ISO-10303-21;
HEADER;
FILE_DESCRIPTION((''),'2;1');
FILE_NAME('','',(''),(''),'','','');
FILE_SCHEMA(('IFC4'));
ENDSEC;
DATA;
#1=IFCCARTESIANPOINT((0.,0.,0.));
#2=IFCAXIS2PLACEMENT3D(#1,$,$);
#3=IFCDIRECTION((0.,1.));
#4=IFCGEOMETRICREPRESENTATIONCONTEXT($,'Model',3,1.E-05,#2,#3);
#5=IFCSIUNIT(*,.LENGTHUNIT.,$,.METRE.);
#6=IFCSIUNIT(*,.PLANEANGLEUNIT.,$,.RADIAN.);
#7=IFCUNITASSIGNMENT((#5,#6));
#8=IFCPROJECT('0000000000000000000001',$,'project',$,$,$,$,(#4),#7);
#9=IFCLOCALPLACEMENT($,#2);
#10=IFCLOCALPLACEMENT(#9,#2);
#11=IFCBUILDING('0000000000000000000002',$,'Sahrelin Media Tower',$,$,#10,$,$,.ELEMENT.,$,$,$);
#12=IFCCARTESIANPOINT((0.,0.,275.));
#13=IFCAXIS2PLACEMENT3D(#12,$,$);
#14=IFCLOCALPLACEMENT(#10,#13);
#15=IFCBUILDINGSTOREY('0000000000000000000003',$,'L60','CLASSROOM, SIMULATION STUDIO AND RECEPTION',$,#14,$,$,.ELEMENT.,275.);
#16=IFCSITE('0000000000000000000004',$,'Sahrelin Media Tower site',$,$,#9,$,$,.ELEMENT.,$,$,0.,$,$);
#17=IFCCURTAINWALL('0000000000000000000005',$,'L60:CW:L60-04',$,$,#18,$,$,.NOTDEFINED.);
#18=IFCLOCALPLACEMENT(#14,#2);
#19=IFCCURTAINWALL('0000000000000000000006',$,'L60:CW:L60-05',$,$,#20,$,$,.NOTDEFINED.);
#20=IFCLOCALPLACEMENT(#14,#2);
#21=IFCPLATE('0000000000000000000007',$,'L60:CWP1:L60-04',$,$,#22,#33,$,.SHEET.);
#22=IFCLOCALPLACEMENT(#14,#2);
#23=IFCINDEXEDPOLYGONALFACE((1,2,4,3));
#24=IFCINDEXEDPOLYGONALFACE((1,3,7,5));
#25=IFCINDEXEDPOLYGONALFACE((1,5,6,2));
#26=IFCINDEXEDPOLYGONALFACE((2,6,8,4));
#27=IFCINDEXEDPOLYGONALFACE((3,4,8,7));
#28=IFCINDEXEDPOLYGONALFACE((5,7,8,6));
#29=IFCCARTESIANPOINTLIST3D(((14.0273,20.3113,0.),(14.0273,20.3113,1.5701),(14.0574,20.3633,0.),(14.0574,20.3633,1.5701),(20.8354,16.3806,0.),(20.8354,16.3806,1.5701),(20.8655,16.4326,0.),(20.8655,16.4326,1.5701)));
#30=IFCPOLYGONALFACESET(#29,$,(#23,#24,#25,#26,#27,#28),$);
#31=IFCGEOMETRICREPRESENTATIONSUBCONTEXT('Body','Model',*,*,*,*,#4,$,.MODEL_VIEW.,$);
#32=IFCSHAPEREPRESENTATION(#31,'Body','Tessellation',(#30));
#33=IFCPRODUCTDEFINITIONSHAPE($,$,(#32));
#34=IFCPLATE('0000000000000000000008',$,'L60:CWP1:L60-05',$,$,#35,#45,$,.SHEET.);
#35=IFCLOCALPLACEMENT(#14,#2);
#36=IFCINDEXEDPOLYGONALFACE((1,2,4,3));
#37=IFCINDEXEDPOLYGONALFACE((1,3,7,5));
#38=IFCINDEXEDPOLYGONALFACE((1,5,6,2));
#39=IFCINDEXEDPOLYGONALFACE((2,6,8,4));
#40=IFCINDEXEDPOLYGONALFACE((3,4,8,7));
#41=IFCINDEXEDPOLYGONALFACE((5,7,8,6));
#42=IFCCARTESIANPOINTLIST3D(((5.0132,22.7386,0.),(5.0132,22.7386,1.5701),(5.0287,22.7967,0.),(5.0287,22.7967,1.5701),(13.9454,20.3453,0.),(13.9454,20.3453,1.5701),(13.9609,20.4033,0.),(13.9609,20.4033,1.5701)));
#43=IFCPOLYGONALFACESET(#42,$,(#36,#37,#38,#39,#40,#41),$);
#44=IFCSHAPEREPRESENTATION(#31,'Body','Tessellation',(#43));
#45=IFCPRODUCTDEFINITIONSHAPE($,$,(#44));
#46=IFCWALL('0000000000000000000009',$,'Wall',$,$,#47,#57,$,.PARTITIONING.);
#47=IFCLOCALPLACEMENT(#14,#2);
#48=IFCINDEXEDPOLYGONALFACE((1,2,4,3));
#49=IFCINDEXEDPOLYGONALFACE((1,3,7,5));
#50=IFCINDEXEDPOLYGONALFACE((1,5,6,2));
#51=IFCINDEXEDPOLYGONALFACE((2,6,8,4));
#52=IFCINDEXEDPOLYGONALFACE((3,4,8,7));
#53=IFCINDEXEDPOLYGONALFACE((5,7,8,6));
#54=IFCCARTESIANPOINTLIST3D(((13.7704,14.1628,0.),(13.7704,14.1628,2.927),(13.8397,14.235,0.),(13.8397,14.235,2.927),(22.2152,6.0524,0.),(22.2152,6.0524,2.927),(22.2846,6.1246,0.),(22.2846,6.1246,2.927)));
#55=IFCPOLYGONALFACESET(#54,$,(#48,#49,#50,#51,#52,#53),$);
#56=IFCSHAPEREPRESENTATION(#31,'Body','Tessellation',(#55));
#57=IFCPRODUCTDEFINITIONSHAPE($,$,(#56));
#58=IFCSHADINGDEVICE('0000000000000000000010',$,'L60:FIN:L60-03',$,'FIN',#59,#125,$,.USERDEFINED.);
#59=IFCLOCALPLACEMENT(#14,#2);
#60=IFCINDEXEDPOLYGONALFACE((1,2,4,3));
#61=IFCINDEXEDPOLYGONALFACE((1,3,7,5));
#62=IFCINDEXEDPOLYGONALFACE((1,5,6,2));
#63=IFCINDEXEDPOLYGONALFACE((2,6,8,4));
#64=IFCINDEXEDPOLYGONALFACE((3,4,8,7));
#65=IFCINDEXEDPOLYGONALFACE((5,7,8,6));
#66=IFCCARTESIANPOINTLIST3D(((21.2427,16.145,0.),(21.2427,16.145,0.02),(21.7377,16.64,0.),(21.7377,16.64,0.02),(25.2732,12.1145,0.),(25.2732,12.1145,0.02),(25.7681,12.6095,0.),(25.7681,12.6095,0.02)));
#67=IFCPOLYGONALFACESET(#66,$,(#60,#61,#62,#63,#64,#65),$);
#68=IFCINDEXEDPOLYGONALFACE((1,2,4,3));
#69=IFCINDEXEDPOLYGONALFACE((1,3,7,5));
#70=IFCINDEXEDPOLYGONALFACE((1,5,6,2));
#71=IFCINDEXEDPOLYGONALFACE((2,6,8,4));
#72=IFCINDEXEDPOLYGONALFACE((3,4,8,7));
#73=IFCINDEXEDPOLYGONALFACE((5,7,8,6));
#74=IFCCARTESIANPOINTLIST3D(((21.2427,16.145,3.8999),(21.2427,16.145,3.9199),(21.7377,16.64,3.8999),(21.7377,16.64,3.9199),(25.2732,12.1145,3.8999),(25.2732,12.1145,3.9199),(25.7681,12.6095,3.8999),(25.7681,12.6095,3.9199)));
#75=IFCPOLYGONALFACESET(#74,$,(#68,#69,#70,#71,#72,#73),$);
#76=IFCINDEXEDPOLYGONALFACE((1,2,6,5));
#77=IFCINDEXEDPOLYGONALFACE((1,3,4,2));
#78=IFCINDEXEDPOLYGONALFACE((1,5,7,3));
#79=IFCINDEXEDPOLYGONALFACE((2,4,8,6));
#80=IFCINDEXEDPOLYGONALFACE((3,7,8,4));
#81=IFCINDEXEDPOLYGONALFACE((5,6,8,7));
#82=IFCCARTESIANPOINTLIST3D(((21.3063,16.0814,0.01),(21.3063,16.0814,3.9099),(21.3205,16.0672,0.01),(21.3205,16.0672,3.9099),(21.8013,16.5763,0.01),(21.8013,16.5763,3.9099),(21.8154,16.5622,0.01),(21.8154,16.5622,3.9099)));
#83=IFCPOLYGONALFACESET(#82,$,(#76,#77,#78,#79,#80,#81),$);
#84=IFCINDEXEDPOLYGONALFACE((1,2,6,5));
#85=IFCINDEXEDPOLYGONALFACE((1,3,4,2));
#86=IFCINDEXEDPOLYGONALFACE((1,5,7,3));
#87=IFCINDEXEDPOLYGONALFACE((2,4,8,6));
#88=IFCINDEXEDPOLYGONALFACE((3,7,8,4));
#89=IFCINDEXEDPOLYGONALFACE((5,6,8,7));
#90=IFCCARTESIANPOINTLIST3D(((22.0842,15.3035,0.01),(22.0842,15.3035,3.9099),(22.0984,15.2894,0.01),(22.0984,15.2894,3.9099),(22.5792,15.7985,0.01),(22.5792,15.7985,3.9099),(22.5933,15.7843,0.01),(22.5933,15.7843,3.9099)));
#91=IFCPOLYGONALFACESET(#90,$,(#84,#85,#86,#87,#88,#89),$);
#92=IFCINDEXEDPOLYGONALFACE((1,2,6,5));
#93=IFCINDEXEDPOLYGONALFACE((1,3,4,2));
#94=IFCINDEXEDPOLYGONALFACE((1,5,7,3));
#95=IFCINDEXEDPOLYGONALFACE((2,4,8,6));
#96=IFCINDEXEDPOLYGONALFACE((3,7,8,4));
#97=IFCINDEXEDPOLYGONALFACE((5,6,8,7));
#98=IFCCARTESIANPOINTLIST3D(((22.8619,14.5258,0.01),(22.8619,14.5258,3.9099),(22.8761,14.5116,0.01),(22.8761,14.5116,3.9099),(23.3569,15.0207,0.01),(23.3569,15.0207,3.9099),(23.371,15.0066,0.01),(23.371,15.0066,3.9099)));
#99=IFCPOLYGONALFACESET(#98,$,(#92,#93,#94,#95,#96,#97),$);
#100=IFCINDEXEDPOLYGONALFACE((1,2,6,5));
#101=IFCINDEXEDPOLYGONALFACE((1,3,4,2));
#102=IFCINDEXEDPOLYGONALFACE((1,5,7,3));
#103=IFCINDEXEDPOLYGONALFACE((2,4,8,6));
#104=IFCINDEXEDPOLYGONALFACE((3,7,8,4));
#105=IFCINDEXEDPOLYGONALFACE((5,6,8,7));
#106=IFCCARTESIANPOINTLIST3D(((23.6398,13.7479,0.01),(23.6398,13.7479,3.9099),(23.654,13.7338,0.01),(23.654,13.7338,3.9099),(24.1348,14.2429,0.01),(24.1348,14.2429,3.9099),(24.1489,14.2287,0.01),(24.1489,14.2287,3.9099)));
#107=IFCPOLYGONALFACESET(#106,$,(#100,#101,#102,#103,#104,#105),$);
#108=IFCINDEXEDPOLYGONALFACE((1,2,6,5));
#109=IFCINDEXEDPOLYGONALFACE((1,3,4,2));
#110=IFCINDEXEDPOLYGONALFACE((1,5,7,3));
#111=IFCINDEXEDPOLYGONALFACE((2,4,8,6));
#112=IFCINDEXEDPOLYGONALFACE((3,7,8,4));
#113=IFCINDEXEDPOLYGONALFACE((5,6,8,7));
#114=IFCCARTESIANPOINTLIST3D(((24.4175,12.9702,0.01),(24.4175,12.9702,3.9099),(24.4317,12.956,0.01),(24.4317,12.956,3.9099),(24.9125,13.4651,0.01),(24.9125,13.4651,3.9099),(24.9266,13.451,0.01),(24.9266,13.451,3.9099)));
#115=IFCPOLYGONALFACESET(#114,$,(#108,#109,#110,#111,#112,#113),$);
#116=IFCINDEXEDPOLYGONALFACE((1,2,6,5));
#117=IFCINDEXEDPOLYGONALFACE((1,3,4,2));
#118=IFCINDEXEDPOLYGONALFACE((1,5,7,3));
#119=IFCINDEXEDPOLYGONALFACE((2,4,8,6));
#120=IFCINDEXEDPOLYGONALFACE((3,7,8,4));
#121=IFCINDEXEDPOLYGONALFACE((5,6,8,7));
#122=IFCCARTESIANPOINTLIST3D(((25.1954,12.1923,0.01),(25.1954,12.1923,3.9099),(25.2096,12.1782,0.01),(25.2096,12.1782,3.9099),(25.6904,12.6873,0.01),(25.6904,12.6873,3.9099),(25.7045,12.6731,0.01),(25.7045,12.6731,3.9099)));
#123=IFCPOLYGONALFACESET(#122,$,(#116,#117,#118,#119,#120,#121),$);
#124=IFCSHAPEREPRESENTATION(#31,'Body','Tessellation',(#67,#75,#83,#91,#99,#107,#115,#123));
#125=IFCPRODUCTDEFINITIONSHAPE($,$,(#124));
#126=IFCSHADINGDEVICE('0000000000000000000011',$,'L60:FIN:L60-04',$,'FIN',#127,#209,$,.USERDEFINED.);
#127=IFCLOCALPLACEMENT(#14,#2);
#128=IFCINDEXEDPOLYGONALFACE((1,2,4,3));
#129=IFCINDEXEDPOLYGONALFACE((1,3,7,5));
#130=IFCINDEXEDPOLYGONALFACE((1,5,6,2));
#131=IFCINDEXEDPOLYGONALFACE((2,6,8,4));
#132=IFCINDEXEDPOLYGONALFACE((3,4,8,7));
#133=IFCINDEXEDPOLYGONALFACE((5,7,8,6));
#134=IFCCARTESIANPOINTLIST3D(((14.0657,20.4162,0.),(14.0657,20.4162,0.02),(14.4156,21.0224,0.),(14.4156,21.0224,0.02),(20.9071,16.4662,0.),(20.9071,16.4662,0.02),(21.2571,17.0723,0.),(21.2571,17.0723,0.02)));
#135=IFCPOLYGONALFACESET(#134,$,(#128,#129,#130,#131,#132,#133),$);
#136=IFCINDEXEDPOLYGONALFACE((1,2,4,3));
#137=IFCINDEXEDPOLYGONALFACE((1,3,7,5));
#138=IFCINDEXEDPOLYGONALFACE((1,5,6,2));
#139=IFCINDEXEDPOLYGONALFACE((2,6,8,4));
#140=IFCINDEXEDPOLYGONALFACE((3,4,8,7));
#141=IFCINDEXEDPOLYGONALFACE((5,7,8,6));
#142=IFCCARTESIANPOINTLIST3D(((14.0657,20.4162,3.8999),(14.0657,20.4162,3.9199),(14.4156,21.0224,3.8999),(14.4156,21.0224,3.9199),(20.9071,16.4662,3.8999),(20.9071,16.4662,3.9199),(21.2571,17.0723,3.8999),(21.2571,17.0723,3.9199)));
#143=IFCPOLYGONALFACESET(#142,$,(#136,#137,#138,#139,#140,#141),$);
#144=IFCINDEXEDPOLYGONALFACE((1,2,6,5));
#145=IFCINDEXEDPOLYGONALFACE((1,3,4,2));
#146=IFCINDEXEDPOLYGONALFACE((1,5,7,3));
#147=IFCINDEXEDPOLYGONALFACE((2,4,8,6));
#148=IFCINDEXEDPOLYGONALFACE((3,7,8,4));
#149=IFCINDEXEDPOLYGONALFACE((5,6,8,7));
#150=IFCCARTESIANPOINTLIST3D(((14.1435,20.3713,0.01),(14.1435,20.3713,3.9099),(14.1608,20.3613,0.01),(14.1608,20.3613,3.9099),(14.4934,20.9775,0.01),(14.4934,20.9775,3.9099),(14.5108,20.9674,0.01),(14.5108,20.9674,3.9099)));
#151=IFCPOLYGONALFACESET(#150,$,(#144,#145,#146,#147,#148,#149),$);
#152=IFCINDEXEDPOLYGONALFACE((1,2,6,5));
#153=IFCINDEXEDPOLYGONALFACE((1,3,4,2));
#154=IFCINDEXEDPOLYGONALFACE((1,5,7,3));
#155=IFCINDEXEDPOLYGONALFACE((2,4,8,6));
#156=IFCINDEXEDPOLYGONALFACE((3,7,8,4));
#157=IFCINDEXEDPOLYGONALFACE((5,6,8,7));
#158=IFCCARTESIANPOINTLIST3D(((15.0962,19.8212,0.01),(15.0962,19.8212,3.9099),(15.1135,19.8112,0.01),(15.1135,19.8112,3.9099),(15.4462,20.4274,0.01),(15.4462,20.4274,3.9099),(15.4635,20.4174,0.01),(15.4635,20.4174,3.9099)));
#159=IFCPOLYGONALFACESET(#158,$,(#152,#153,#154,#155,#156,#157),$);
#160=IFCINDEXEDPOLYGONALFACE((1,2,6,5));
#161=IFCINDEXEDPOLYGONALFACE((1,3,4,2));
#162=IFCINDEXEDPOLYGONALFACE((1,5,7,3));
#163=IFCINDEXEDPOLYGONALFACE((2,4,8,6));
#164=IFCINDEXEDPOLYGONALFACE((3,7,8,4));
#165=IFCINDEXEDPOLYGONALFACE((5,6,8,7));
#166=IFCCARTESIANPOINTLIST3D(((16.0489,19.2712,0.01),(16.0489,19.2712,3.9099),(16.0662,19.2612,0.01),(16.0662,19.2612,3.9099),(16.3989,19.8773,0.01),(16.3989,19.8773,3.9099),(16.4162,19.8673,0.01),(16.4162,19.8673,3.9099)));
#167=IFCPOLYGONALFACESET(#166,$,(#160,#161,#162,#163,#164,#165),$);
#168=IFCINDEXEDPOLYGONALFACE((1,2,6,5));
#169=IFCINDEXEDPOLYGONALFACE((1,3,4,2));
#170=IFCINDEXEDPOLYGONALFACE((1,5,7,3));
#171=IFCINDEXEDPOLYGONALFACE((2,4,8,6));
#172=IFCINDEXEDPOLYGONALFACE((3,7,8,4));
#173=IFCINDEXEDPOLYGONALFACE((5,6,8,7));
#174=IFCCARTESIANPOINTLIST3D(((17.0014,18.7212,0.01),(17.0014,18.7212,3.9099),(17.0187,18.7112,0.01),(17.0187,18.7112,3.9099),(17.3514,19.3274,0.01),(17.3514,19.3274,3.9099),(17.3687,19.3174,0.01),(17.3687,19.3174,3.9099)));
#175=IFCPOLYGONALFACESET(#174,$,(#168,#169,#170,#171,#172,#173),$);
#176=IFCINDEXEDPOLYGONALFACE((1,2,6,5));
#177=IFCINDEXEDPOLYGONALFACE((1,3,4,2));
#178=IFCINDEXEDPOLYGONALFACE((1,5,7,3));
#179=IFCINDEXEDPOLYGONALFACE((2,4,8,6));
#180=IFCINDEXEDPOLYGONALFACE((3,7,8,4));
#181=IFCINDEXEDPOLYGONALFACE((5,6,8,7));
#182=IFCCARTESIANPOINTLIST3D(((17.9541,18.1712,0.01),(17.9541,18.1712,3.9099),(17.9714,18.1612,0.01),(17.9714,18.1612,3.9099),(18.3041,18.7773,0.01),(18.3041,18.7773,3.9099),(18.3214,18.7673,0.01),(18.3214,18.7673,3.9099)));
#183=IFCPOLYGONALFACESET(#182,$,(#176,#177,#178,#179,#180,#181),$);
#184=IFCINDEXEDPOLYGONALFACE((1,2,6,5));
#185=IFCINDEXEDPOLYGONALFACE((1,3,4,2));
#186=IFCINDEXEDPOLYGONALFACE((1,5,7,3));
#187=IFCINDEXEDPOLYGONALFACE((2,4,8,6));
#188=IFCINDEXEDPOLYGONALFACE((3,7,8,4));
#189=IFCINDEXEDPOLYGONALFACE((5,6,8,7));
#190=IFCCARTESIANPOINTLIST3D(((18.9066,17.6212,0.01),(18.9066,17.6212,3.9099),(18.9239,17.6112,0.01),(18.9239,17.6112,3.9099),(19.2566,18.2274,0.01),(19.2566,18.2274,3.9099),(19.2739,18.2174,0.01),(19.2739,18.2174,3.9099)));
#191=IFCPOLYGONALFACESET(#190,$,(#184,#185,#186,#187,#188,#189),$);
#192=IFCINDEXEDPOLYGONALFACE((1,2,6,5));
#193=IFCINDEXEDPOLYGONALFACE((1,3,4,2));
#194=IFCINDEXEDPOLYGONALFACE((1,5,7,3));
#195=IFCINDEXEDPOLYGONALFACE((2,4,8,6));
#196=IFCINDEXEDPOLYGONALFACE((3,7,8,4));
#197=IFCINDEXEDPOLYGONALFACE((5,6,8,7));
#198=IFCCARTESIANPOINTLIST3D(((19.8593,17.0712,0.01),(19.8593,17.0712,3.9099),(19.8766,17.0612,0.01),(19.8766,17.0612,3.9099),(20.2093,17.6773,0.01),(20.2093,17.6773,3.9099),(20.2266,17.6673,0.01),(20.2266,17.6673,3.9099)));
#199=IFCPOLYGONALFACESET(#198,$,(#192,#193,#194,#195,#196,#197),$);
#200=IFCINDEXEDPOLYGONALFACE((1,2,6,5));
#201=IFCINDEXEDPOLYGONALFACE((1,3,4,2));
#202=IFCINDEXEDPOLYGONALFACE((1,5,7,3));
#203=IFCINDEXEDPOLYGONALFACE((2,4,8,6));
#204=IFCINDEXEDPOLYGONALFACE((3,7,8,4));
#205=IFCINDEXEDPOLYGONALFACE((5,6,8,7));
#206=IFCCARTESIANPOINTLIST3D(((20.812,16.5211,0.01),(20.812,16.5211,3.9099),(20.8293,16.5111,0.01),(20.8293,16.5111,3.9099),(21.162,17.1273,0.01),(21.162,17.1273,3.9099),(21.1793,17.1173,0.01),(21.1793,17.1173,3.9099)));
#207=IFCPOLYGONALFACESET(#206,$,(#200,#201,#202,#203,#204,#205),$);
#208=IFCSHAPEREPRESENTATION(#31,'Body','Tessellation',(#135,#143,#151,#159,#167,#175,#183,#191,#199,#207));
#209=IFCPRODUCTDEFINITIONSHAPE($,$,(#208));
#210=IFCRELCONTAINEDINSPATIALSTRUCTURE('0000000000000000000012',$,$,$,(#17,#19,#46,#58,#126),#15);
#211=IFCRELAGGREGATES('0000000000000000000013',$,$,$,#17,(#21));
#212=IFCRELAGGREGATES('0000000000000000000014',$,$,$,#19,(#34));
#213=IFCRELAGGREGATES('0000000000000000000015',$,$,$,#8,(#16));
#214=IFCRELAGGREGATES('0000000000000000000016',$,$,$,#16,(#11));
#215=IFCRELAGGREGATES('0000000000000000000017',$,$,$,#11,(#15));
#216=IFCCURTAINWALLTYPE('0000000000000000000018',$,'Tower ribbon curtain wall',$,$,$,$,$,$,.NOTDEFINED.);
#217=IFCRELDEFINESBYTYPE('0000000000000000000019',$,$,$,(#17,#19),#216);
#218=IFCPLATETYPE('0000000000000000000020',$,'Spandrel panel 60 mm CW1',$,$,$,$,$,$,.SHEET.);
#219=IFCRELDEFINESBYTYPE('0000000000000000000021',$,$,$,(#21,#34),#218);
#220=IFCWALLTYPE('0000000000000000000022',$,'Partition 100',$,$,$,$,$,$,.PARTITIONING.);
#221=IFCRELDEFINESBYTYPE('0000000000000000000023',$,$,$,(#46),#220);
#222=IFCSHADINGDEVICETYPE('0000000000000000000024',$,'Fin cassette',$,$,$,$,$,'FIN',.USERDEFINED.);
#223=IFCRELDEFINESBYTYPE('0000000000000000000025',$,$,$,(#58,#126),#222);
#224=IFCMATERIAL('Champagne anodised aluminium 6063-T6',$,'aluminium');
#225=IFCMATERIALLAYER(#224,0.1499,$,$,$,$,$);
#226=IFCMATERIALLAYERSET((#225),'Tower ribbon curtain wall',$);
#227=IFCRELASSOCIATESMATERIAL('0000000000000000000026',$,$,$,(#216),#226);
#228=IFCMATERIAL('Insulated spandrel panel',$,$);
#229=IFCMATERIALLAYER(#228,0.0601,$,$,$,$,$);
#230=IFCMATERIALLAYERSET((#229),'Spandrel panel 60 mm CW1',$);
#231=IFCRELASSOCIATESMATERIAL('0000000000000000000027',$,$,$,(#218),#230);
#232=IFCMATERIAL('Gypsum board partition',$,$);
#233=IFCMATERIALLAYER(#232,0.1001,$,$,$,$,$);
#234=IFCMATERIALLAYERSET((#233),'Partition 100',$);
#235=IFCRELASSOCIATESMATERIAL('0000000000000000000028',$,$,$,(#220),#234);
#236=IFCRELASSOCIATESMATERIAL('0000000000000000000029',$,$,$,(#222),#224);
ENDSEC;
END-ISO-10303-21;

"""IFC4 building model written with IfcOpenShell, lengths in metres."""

from ifc_helpers import new_model, si_unit, direction, frame, frame_2d, origin, origin_2d, place, context, subcontext, project, spatial, polyline, rectangle, outline, extrude, material, layer, layer_set, type_object, element, aggregate, save


model = new_model("IFC4")

# Units and contexts
model_context = context("Model", 3, precision=1e-05, world=origin(), true_north=direction((0.0, 1.0)))
body_context = subcontext(model_context, "Body", "Model", "MODEL_VIEW")
ifc_project = project(units=[si_unit("LENGTHUNIT", "METRE"), si_unit("PLANEANGLEUNIT", "RADIAN")], contexts=[model_context])

# Site, building, storey
site_placement = place(None, origin())
site = spatial("IfcSite", under=ifc_project, at=site_placement, Name="Sahrelin Media Tower site", CompositionType="ELEMENT", RefElevation=0.0)
building_placement = place(site_placement, origin())
building = spatial("IfcBuilding", under=site, at=building_placement, Name="Sahrelin Media Tower", CompositionType="ELEMENT")
storey_placement = place(building_placement, frame((0.0, 0.0, 275.0)))
storey = spatial("IfcBuildingStorey", under=building, at=storey_placement, Name="L60", Description="CLASSROOM, SIMULATION STUDIO AND RECEPTION", CompositionType="ELEMENT", Elevation=275.0)

# Curtain wall
ifc_material_1 = material(Name="Champagne anodised aluminium 6063-T6", Category="aluminium")
ifc_layer_1 = layer(ifc_material_1, 0.1499)
ifc_layer_set_1 = layer_set([ifc_layer_1], Name="Tower ribbon curtain wall")
curtain_wall_type = type_object("IfcCurtainWallType", Name="Tower ribbon curtain wall", PredefinedType="NOTDEFINED", material=ifc_layer_set_1)
curtain_wall_1_placement = place(storey_placement, frame((17.4514, 18.3806, 0.0), z_axis=(0.0, 0.0, 1.0), x_axis=(1.0, 0.0, 0.0)))
curtain_wall_1 = element("IfcCurtainWall", 1, at=curtain_wall_1_placement, inside=storey, type_object=curtain_wall_type, Name="L60:CW:L60-04", PredefinedType="NOTDEFINED")

# Curtain wall
curtain_wall_2_placement = place(storey_placement, frame((9.4895, 21.5806, 0.0), z_axis=(0.0, 0.0, 1.0), x_axis=(1.0, 0.0, 0.0)))
curtain_wall_2 = element("IfcCurtainWall", 2, at=curtain_wall_2_placement, inside=storey, type_object=curtain_wall_type, Name="L60:CW:L60-05", PredefinedType="NOTDEFINED")

# Plates
ifc_material_2 = material(Name="Insulated spandrel panel")
ifc_layer_2 = layer(ifc_material_2, 0.0601)
ifc_layer_set_2 = layer_set([ifc_layer_2], Name="Spandrel panel 60 mm CW1")
plate_type_1 = type_object("IfcPlateType", Name="Spandrel panel 60 mm CW1", PredefinedType="SHEET", material=ifc_layer_set_2)
plate_1_placement = place(storey_placement, frame((20.8655, 16.4326, 0.0), z_axis=(0.5, 0.866025, 0.0), x_axis=(-0.866025, 0.5, 0.0)))
plate_1 = element("IfcPlate", 3, at=plate_1_placement, type_object=plate_type_1, Name="L60:CWP1:L60-04", PredefinedType="SHEET", context=body_context, shape_type="SweptSolid", body=[
    extrude(outline(polyline([(0.0, 0.0), (7.8613, 0.0), (7.8613, 1.5701), (0.0, 1.5701), (0.0, 0.0)])), origin(), (0.0, 0.0, -1.0), 0.0601),
])
aggregate(curtain_wall_1, [plate_1])
plate_2_placement = place(storey_placement, frame((13.9609, 20.4033, 0.0), z_axis=(0.258814, 0.965927, 0.0), x_axis=(-0.965927, 0.258814, 0.0)))
plate_2 = element("IfcPlate", 4, at=plate_2_placement, type_object=plate_type_1, Name="L60:CWP1:L60-05", PredefinedType="SHEET", context=body_context, shape_type="SweptSolid", body=[
    extrude(outline(polyline([(0.0, 0.0), (9.2473, 0.0), (9.2473, 1.5701), (0.0, 1.5701), (0.0, 0.0)])), origin(), (0.0, 0.0, -1.0), 0.0601),
])
aggregate(curtain_wall_2, [plate_2])

# Wall
ifc_material_3 = material(Name="Gypsum board partition")
ifc_layer_3 = layer(ifc_material_3, 0.1001)
ifc_layer_set_3 = layer_set([ifc_layer_3], Name="Partition 100")
wall_type = type_object("IfcWallType", Name="Partition 100", PredefinedType="PARTITIONING", material=ifc_layer_set_3)
wall_placement = place(storey_placement, frame((13.8049, 14.199, 0.0), z_axis=(0.0, 0.0, 1.0), x_axis=(0.721246, -0.692679, 0.0)))
element("IfcWall", 5, at=wall_placement, inside=storey, type_object=wall_type, Name="Wall", PredefinedType="PARTITIONING", context=body_context, shape_type="SweptSolid", body=[
    extrude(rectangle(XDim=11.7087, YDim=0.1001, at=frame_2d((5.8545, 0.0))), origin(), (0.0, 0.0, 1.0), 2.927),
])

# Shading devices
shading_device_type_1 = type_object("IfcShadingDeviceType", Name="Fin cassette", ElementType="FIN", PredefinedType="USERDEFINED", material=ifc_material_1)
placement_1 = place(storey_placement, frame((23.2085, 14.0803, 0.0), z_axis=(0.0, 0.0, 1.0), x_axis=(0.707107, -0.707107, 0.0)))
element("IfcShadingDevice", 6, at=placement_1, inside=storey, type_object=shading_device_type_1, Name="L60:FIN:L60-03", ObjectType="FIN", PredefinedType="USERDEFINED", context=body_context, shape_type="SweptSolid", body=[
    extrude(rectangle(XDim=5.7, YDim=0.7, at=origin_2d()), frame((0.0, 0.4199, 0.0)), (0.0, 0.0, 1.0), 0.02),
    extrude(rectangle(XDim=5.7, YDim=0.7, at=origin_2d()), frame((0.0, 0.4199, 3.8999)), (0.0, 0.0, 1.0), 0.02),
    extrude(rectangle(XDim=0.02, YDim=0.7, at=origin_2d()), frame((-2.75, 0.4199, 0.01), z_axis=(0.0, 0.0, 1.0), x_axis=(1.0, 0.0, 0.0)), (0.0, 0.0, 1.0), 3.8999),
    extrude(rectangle(XDim=0.02, YDim=0.7, at=origin_2d()), frame((-1.6499, 0.4199, 0.01), z_axis=(0.0, 0.0, 1.0), x_axis=(1.0, 0.0, 0.0)), (0.0, 0.0, 1.0), 3.8999),
    extrude(rectangle(XDim=0.02, YDim=0.7, at=origin_2d()), frame((-0.55, 0.4199, 0.01), z_axis=(0.0, 0.0, 1.0), x_axis=(1.0, 0.0, 0.0)), (0.0, 0.0, 1.0), 3.8999),
    extrude(rectangle(XDim=0.02, YDim=0.7, at=origin_2d()), frame((0.55, 0.4199, 0.01), z_axis=(0.0, 0.0, 1.0), x_axis=(1.0, 0.0, 0.0)), (0.0, 0.0, 1.0), 3.8999),
    extrude(rectangle(XDim=0.02, YDim=0.7, at=origin_2d()), frame((1.6499, 0.4199, 0.01), z_axis=(0.0, 0.0, 1.0), x_axis=(1.0, 0.0, 0.0)), (0.0, 0.0, 1.0), 3.8999),
    extrude(rectangle(XDim=0.02, YDim=0.7, at=origin_2d()), frame((2.75, 0.4199, 0.01), z_axis=(0.0, 0.0, 1.0), x_axis=(1.0, 0.0, 0.0)), (0.0, 0.0, 1.0), 3.8999),
])
placement_2 = place(storey_placement, frame((17.4514, 18.3806, 0.0), z_axis=(0.0, 0.0, 1.0), x_axis=(0.866019, -0.500011, 0.0)))
element("IfcShadingDevice", 7, at=placement_2, inside=storey, type_object=shading_device_type_1, Name="L60:FIN:L60-04", ObjectType="FIN", PredefinedType="USERDEFINED", context=body_context, shape_type="SweptSolid", body=[
    extrude(rectangle(XDim=7.8999, YDim=0.7, at=origin_2d()), frame((0.0, 0.4199, 0.0)), (0.0, 0.0, 1.0), 0.02),
    extrude(rectangle(XDim=7.8999, YDim=0.7, at=origin_2d()), frame((0.0, 0.4199, 3.8999)), (0.0, 0.0, 1.0), 0.02),
    extrude(rectangle(XDim=0.02, YDim=0.7, at=origin_2d()), frame((-3.8501, 0.4199, 0.01), z_axis=(0.0, 0.0, 1.0), x_axis=(1.0, 0.0, 0.0)), (0.0, 0.0, 1.0), 3.8999),
    extrude(rectangle(XDim=0.02, YDim=0.7, at=origin_2d()), frame((-2.75, 0.4199, 0.01), z_axis=(0.0, 0.0, 1.0), x_axis=(1.0, 0.0, 0.0)), (0.0, 0.0, 1.0), 3.8999),
    extrude(rectangle(XDim=0.02, YDim=0.7, at=origin_2d()), frame((-1.6499, 0.4199, 0.01), z_axis=(0.0, 0.0, 1.0), x_axis=(1.0, 0.0, 0.0)), (0.0, 0.0, 1.0), 3.8999),
    extrude(rectangle(XDim=0.02, YDim=0.7, at=origin_2d()), frame((-0.55, 0.4199, 0.01), z_axis=(0.0, 0.0, 1.0), x_axis=(1.0, 0.0, 0.0)), (0.0, 0.0, 1.0), 3.8999),
    extrude(rectangle(XDim=0.02, YDim=0.7, at=origin_2d()), frame((0.55, 0.4199, 0.01), z_axis=(0.0, 0.0, 1.0), x_axis=(1.0, 0.0, 0.0)), (0.0, 0.0, 1.0), 3.8999),
    extrude(rectangle(XDim=0.02, YDim=0.7, at=origin_2d()), frame((1.6499, 0.4199, 0.01), z_axis=(0.0, 0.0, 1.0), x_axis=(1.0, 0.0, 0.0)), (0.0, 0.0, 1.0), 3.8999),
    extrude(rectangle(XDim=0.02, YDim=0.7, at=origin_2d()), frame((2.75, 0.4199, 0.01), z_axis=(0.0, 0.0, 1.0), x_axis=(1.0, 0.0, 0.0)), (0.0, 0.0, 1.0), 3.8999),
    extrude(rectangle(XDim=0.02, YDim=0.7, at=origin_2d()), frame((3.8501, 0.4199, 0.01), z_axis=(0.0, 0.0, 1.0), x_axis=(1.0, 0.0, 0.0)), (0.0, 0.0, 1.0), 3.8999),
])

save(model, "model.ifc")
